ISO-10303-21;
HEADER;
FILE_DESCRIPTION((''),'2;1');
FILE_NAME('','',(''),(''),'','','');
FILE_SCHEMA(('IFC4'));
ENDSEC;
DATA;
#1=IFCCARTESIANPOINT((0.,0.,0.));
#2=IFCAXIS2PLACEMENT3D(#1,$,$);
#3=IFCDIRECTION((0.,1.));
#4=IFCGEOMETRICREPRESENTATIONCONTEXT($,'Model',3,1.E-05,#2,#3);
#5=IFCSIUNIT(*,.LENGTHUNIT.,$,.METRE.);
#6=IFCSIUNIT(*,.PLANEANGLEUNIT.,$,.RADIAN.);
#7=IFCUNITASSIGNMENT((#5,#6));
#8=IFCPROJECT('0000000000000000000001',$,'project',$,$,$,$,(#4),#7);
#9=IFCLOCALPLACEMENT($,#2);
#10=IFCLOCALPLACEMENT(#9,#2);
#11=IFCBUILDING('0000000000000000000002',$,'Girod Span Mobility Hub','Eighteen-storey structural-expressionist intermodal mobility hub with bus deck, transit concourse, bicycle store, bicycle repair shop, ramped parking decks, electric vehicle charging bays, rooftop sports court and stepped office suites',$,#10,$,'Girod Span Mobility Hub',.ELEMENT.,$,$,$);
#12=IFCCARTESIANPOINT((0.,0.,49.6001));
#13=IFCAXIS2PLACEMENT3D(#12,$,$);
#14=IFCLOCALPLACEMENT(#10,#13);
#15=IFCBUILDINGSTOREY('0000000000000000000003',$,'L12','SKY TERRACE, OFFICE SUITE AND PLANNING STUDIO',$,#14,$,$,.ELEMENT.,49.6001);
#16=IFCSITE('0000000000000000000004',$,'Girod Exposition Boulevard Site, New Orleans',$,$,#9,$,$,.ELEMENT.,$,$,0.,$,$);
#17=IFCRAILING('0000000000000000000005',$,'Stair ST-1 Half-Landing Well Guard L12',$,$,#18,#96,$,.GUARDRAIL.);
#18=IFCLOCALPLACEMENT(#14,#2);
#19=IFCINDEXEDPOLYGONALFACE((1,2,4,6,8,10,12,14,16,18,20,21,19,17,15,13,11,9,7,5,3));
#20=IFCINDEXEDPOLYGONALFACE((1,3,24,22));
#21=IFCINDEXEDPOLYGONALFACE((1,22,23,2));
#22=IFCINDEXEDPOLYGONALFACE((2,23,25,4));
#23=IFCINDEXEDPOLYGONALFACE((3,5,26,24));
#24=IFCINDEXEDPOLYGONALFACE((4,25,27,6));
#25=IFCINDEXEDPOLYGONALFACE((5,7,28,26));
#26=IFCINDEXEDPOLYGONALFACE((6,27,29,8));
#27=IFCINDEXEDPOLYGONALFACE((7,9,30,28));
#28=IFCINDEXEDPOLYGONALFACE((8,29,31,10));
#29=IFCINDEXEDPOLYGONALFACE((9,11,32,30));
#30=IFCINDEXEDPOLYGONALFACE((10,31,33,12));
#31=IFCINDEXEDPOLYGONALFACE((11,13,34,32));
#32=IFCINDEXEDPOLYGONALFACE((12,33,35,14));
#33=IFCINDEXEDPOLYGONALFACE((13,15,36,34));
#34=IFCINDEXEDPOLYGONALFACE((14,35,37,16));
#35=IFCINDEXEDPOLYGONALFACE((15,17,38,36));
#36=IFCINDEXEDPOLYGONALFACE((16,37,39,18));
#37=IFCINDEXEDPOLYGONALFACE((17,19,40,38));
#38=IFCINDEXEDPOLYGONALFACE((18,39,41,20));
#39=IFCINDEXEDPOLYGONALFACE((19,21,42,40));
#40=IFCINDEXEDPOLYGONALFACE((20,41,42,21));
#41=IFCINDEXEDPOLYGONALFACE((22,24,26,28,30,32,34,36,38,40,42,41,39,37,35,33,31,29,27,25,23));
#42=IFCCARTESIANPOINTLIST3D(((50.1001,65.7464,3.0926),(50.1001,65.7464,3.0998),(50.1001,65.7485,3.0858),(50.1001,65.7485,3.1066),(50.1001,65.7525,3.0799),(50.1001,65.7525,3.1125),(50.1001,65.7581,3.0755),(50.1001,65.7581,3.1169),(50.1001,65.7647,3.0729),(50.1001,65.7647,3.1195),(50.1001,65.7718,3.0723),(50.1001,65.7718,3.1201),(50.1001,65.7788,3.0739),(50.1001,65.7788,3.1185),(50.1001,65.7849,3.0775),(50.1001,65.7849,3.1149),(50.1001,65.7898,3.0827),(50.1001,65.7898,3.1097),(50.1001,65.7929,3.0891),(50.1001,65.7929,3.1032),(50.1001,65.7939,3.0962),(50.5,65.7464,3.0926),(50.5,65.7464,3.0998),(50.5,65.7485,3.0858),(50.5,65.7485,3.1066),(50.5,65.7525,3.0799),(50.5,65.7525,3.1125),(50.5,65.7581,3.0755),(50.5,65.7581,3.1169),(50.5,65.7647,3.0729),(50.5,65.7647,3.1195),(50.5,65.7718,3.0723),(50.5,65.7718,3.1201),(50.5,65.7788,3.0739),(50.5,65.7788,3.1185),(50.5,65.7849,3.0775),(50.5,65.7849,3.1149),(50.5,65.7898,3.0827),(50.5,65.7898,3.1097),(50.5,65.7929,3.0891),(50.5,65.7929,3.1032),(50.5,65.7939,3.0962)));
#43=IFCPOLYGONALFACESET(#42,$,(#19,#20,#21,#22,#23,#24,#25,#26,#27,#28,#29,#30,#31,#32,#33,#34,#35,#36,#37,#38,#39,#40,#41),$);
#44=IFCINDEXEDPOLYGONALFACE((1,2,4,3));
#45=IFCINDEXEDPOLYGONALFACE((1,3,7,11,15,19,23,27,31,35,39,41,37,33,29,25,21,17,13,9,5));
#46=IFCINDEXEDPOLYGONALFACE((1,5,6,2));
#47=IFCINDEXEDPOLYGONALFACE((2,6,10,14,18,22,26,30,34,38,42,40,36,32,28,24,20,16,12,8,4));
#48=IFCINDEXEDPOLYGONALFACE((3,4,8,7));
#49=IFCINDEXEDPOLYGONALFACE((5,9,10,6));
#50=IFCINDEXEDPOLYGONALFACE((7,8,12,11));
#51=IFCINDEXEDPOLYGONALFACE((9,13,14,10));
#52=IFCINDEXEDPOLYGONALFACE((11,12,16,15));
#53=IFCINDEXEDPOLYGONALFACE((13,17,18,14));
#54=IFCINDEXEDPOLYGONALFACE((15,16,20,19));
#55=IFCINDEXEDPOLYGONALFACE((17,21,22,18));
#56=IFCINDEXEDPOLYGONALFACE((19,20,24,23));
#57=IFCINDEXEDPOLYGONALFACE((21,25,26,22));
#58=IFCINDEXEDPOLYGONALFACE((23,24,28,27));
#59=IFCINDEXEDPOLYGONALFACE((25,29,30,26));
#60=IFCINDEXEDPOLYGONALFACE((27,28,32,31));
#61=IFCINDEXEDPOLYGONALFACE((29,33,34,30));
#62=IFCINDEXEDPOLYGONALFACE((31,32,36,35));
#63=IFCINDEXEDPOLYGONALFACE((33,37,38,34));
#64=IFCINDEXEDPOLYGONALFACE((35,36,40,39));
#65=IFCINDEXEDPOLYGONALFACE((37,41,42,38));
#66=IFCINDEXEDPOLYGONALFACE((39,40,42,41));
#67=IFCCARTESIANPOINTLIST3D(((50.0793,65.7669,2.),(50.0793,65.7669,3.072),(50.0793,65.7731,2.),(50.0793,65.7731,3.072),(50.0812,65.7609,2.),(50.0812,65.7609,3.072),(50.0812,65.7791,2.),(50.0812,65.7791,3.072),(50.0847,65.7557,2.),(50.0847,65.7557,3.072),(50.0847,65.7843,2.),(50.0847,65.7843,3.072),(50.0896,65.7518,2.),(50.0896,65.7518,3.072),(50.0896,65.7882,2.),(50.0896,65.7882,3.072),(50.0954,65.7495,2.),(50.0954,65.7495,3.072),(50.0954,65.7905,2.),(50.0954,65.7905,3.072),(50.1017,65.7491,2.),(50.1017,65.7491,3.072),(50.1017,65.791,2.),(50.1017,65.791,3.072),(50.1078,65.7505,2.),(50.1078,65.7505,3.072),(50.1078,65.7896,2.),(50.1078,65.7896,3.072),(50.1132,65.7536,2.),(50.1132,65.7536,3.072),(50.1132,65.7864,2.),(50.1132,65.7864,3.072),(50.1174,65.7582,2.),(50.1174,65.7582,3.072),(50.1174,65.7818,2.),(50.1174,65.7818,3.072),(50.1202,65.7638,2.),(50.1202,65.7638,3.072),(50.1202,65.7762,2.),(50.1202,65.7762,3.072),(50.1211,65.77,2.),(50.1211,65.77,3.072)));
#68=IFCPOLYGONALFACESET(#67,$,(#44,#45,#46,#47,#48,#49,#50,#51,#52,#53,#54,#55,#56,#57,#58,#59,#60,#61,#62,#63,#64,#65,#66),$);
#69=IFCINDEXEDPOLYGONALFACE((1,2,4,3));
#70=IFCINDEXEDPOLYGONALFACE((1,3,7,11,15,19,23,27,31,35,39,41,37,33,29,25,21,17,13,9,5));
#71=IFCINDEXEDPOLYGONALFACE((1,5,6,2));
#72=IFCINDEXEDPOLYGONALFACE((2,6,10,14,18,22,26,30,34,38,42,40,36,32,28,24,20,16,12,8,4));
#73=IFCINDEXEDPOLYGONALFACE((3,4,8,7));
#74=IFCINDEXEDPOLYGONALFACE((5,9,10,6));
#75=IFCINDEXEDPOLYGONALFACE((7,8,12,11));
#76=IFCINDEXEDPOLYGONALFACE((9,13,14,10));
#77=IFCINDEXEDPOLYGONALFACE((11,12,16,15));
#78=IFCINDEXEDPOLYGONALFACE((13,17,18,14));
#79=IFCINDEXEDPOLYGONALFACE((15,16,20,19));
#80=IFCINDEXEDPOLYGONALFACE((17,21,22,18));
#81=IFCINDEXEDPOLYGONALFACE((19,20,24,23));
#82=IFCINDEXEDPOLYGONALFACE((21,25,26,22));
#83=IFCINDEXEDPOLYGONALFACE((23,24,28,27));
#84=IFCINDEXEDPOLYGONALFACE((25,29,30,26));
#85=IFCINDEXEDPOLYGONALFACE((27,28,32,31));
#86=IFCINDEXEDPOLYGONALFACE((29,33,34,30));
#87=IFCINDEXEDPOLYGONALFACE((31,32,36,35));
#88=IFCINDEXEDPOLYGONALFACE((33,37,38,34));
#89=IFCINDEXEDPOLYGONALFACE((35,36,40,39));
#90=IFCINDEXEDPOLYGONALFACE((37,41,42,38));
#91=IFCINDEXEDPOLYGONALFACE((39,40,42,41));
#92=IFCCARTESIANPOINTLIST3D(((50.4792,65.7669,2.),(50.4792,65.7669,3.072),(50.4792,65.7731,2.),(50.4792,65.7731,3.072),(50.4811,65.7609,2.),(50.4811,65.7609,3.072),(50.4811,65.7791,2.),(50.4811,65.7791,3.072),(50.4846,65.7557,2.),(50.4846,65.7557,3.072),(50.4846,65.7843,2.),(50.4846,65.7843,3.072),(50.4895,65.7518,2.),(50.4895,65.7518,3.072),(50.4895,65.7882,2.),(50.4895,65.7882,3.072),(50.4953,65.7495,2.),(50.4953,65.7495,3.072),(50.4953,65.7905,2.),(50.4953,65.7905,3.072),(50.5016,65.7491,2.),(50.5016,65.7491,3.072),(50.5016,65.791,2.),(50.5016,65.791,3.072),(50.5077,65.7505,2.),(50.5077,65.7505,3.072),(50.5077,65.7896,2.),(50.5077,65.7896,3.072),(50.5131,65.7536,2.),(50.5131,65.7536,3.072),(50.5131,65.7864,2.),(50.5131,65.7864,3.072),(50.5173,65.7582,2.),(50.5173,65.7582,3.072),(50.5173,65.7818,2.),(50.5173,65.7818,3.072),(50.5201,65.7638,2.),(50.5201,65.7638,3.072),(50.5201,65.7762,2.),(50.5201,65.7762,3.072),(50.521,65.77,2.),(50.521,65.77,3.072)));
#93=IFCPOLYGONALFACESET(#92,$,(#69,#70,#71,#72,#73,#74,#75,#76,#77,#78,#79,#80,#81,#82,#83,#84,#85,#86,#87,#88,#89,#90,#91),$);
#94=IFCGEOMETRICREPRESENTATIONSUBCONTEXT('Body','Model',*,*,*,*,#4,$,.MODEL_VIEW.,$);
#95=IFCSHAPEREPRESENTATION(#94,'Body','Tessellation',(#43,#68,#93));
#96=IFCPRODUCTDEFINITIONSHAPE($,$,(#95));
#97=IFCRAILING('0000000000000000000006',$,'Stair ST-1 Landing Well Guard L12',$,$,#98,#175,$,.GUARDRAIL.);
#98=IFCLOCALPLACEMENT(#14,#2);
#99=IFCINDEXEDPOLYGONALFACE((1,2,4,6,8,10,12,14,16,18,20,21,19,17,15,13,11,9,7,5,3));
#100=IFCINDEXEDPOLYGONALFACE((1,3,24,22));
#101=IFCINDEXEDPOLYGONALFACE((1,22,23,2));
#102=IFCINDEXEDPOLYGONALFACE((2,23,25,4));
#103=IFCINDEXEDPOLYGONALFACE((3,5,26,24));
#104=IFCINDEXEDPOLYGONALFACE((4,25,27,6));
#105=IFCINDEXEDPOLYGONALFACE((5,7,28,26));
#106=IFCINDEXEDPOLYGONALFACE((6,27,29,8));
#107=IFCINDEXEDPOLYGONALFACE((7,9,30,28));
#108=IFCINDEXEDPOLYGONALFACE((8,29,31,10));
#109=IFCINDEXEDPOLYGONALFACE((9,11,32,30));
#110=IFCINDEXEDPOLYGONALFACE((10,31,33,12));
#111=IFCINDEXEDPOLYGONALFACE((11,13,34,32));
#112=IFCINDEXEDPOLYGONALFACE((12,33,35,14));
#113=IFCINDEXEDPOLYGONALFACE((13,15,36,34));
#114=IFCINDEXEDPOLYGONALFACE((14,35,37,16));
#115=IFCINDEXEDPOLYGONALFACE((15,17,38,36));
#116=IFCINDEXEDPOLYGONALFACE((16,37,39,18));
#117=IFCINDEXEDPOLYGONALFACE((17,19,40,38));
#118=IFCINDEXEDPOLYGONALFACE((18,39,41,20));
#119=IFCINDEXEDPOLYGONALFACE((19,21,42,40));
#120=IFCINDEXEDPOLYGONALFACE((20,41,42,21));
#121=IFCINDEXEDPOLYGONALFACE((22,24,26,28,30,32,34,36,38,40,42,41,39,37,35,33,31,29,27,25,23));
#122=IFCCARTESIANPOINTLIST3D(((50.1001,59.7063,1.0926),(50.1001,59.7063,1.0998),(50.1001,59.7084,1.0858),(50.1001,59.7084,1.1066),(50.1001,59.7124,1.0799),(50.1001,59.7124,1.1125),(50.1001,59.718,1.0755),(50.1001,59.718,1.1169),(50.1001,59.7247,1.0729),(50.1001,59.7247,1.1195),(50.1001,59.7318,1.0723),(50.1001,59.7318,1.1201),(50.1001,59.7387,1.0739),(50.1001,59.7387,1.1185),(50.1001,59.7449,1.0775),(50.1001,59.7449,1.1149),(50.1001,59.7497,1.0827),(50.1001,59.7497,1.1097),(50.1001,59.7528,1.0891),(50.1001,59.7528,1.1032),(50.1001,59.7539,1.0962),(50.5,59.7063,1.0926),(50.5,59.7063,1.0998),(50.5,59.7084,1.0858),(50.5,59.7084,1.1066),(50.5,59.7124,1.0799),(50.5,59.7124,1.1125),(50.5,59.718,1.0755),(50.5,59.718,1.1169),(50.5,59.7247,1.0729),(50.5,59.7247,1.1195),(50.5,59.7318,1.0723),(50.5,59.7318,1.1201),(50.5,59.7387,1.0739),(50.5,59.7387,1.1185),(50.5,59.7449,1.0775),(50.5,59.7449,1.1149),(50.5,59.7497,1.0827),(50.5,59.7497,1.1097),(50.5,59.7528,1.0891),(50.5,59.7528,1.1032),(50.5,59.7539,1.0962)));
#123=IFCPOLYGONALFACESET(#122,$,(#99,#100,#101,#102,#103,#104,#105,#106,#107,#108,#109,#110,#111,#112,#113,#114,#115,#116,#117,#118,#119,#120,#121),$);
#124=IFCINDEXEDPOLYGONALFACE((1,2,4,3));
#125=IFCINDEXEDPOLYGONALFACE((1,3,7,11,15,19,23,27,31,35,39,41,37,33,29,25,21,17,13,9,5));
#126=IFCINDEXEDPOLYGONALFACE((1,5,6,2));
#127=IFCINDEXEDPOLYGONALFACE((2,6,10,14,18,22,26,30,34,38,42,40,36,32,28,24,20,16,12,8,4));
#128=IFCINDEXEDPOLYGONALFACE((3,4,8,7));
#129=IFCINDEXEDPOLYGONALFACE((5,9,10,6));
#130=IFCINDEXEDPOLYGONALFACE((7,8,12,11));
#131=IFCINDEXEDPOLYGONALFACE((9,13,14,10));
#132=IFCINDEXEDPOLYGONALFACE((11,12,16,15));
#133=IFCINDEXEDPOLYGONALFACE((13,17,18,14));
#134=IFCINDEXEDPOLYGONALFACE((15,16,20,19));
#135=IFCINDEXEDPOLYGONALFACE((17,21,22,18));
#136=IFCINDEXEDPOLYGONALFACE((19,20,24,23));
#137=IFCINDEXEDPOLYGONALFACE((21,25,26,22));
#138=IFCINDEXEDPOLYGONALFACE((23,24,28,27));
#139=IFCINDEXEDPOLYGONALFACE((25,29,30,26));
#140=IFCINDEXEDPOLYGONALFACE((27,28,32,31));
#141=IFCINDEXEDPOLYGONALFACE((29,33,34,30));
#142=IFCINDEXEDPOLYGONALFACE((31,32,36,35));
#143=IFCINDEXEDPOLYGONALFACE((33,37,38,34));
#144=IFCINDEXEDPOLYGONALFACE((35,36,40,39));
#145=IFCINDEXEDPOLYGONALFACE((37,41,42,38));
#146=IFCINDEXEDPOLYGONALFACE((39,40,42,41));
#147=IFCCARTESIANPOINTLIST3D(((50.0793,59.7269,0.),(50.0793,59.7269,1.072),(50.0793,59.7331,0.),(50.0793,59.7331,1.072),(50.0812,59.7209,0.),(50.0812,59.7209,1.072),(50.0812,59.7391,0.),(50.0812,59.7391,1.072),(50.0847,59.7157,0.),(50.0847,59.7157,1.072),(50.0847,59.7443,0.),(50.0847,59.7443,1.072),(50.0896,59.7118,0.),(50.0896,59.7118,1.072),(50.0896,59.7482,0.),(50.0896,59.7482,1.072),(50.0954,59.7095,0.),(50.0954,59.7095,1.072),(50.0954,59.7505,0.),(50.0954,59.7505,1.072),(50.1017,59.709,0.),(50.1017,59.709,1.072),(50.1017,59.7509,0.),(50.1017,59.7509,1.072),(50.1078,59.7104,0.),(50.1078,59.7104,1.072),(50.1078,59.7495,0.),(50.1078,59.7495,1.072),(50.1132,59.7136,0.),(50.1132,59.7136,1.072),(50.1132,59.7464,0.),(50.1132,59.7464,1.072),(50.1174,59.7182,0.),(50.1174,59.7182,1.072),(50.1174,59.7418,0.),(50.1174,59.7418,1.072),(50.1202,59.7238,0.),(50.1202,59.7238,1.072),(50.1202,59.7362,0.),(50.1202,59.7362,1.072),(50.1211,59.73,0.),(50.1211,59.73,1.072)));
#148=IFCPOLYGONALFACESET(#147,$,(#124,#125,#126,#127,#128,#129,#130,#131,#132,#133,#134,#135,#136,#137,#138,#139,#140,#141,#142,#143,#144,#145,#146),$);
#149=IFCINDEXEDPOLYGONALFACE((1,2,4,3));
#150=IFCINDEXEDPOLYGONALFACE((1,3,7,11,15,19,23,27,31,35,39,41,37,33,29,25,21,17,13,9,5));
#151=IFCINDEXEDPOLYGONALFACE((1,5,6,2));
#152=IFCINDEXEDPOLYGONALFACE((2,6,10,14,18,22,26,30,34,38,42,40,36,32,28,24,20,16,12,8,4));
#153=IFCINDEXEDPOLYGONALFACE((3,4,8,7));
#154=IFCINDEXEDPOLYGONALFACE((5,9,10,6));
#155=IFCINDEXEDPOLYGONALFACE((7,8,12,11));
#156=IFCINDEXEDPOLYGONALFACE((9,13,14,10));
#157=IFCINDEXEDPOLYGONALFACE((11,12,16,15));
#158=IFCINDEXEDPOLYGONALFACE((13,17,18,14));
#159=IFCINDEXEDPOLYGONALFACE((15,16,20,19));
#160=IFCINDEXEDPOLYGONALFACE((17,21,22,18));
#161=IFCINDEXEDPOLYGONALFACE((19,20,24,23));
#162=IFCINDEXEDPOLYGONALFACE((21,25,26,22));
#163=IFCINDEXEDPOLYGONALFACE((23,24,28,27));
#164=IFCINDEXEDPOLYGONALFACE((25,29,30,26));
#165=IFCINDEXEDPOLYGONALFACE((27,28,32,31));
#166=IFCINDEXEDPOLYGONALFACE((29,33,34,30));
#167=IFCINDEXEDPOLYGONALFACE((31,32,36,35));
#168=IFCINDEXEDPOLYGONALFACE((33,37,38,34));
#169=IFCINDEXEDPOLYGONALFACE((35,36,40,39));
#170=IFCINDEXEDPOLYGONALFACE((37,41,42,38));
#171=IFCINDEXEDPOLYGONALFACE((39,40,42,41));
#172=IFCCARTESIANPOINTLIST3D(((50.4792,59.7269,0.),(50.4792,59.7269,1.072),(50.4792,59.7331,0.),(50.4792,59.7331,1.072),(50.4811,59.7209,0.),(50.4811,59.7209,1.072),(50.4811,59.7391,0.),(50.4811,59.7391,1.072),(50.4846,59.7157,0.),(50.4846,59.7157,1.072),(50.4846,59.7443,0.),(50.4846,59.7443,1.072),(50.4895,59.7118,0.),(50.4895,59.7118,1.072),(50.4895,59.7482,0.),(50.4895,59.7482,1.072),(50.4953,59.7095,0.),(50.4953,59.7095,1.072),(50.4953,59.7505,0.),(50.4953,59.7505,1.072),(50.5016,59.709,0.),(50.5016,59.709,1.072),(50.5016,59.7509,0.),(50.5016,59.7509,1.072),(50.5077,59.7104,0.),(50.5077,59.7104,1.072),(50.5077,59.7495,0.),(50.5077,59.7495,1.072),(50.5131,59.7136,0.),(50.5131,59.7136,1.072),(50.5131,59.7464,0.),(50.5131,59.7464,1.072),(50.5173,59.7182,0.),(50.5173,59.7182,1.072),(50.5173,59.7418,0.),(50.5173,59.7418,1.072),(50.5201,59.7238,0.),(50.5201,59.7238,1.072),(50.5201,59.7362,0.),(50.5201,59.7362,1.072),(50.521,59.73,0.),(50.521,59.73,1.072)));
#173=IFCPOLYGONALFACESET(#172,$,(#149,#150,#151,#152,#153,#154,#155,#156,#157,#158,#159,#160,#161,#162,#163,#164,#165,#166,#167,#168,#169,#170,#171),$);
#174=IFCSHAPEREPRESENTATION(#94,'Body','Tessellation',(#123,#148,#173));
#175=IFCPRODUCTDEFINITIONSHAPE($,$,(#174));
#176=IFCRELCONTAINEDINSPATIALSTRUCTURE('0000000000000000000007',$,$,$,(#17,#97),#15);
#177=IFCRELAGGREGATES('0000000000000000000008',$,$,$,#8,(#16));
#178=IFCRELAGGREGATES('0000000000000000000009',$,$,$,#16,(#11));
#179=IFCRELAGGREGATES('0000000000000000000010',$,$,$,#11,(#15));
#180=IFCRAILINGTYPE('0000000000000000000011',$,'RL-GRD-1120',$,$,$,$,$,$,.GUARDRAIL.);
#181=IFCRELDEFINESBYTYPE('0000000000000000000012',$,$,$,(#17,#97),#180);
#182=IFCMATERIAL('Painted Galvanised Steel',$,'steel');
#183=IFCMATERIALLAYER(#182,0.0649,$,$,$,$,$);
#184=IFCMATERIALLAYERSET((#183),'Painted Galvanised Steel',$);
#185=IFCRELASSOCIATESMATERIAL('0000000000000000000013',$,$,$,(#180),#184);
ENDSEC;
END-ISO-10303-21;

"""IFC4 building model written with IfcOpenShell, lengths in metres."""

from ifc_helpers import new_model, si_unit, direction, frame, origin, origin_2d, place, context, subcontext, project, spatial, circle, extrude, material, layer, layer_set, type_object, element, save


model = new_model("IFC4")

# Units and contexts
model_context = context("Model", 3, precision=1e-05, world=origin(), true_north=direction((0.0, 1.0)))
body_context = subcontext(model_context, "Body", "Model", "MODEL_VIEW")
ifc_project = project(units=[si_unit("LENGTHUNIT", "METRE"), si_unit("PLANEANGLEUNIT", "RADIAN")], contexts=[model_context])

# Site, building, storey
site_placement = place(None, origin())
site = spatial("IfcSite", under=ifc_project, at=site_placement, Name="Girod Exposition Boulevard Site, New Orleans", CompositionType="ELEMENT", RefElevation=0.0)
building_placement = place(site_placement, origin())
building = spatial("IfcBuilding", under=site, at=building_placement, Name="Girod Span Mobility Hub", Description="Eighteen-storey structural-expressionist intermodal mobility hub with bus deck, transit concourse, bicycle store, bicycle repair shop, ramped parking decks, electric vehicle charging bays, rooftop sports court and stepped office suites", LongName="Girod Span Mobility Hub", CompositionType="ELEMENT")
storey_placement = place(building_placement, frame((0.0, 0.0, 49.6001)))
storey = spatial("IfcBuildingStorey", under=building, at=storey_placement, Name="L12", Description="SKY TERRACE, OFFICE SUITE AND PLANNING STUDIO", CompositionType="ELEMENT", Elevation=49.6001)

# Railings
ifc_material_1 = material(Name="Painted Galvanised Steel", Category="steel")
ifc_layer_1 = layer(ifc_material_1, 0.0649)
ifc_layer_set_1 = layer_set([ifc_layer_1], Name="Painted Galvanised Steel")
railing_type_1 = type_object("IfcRailingType", Name="RL-GRD-1120", PredefinedType="GUARDRAIL", material=ifc_layer_set_1)
for number, where, name in (
    (1, (50.1001, 65.77, 2.0), "Stair ST-1 Half-Landing Well Guard L12"),
    (2, (50.1001, 59.73, 0.0), "Stair ST-1 Landing Well Guard L12"),
):
    element("IfcRailing", number, at=place(storey_placement, frame(where)), inside=storey, type_object=railing_type_1, Name=name, PredefinedType="GUARDRAIL", context=body_context, shape_type="SweptSolid", body=[
        extrude(circle(Radius=0.0239, at=origin_2d()), frame((0.0, 0.0, 1.0962), z_axis=(1.0, 0.0, 0.0), x_axis=(0.0, 1.0, 0.0)), (0.0, 0.0, 1.0), 0.3999),
        extrude(circle(Radius=0.021, at=origin_2d()), origin(), (0.0, 0.0, 1.0), 1.072),
        extrude(circle(Radius=0.021, at=origin_2d()), frame((0.3999, 0.0, 0.0)), (0.0, 0.0, 1.0), 1.072),
    ])

save(model, "model.ifc")
